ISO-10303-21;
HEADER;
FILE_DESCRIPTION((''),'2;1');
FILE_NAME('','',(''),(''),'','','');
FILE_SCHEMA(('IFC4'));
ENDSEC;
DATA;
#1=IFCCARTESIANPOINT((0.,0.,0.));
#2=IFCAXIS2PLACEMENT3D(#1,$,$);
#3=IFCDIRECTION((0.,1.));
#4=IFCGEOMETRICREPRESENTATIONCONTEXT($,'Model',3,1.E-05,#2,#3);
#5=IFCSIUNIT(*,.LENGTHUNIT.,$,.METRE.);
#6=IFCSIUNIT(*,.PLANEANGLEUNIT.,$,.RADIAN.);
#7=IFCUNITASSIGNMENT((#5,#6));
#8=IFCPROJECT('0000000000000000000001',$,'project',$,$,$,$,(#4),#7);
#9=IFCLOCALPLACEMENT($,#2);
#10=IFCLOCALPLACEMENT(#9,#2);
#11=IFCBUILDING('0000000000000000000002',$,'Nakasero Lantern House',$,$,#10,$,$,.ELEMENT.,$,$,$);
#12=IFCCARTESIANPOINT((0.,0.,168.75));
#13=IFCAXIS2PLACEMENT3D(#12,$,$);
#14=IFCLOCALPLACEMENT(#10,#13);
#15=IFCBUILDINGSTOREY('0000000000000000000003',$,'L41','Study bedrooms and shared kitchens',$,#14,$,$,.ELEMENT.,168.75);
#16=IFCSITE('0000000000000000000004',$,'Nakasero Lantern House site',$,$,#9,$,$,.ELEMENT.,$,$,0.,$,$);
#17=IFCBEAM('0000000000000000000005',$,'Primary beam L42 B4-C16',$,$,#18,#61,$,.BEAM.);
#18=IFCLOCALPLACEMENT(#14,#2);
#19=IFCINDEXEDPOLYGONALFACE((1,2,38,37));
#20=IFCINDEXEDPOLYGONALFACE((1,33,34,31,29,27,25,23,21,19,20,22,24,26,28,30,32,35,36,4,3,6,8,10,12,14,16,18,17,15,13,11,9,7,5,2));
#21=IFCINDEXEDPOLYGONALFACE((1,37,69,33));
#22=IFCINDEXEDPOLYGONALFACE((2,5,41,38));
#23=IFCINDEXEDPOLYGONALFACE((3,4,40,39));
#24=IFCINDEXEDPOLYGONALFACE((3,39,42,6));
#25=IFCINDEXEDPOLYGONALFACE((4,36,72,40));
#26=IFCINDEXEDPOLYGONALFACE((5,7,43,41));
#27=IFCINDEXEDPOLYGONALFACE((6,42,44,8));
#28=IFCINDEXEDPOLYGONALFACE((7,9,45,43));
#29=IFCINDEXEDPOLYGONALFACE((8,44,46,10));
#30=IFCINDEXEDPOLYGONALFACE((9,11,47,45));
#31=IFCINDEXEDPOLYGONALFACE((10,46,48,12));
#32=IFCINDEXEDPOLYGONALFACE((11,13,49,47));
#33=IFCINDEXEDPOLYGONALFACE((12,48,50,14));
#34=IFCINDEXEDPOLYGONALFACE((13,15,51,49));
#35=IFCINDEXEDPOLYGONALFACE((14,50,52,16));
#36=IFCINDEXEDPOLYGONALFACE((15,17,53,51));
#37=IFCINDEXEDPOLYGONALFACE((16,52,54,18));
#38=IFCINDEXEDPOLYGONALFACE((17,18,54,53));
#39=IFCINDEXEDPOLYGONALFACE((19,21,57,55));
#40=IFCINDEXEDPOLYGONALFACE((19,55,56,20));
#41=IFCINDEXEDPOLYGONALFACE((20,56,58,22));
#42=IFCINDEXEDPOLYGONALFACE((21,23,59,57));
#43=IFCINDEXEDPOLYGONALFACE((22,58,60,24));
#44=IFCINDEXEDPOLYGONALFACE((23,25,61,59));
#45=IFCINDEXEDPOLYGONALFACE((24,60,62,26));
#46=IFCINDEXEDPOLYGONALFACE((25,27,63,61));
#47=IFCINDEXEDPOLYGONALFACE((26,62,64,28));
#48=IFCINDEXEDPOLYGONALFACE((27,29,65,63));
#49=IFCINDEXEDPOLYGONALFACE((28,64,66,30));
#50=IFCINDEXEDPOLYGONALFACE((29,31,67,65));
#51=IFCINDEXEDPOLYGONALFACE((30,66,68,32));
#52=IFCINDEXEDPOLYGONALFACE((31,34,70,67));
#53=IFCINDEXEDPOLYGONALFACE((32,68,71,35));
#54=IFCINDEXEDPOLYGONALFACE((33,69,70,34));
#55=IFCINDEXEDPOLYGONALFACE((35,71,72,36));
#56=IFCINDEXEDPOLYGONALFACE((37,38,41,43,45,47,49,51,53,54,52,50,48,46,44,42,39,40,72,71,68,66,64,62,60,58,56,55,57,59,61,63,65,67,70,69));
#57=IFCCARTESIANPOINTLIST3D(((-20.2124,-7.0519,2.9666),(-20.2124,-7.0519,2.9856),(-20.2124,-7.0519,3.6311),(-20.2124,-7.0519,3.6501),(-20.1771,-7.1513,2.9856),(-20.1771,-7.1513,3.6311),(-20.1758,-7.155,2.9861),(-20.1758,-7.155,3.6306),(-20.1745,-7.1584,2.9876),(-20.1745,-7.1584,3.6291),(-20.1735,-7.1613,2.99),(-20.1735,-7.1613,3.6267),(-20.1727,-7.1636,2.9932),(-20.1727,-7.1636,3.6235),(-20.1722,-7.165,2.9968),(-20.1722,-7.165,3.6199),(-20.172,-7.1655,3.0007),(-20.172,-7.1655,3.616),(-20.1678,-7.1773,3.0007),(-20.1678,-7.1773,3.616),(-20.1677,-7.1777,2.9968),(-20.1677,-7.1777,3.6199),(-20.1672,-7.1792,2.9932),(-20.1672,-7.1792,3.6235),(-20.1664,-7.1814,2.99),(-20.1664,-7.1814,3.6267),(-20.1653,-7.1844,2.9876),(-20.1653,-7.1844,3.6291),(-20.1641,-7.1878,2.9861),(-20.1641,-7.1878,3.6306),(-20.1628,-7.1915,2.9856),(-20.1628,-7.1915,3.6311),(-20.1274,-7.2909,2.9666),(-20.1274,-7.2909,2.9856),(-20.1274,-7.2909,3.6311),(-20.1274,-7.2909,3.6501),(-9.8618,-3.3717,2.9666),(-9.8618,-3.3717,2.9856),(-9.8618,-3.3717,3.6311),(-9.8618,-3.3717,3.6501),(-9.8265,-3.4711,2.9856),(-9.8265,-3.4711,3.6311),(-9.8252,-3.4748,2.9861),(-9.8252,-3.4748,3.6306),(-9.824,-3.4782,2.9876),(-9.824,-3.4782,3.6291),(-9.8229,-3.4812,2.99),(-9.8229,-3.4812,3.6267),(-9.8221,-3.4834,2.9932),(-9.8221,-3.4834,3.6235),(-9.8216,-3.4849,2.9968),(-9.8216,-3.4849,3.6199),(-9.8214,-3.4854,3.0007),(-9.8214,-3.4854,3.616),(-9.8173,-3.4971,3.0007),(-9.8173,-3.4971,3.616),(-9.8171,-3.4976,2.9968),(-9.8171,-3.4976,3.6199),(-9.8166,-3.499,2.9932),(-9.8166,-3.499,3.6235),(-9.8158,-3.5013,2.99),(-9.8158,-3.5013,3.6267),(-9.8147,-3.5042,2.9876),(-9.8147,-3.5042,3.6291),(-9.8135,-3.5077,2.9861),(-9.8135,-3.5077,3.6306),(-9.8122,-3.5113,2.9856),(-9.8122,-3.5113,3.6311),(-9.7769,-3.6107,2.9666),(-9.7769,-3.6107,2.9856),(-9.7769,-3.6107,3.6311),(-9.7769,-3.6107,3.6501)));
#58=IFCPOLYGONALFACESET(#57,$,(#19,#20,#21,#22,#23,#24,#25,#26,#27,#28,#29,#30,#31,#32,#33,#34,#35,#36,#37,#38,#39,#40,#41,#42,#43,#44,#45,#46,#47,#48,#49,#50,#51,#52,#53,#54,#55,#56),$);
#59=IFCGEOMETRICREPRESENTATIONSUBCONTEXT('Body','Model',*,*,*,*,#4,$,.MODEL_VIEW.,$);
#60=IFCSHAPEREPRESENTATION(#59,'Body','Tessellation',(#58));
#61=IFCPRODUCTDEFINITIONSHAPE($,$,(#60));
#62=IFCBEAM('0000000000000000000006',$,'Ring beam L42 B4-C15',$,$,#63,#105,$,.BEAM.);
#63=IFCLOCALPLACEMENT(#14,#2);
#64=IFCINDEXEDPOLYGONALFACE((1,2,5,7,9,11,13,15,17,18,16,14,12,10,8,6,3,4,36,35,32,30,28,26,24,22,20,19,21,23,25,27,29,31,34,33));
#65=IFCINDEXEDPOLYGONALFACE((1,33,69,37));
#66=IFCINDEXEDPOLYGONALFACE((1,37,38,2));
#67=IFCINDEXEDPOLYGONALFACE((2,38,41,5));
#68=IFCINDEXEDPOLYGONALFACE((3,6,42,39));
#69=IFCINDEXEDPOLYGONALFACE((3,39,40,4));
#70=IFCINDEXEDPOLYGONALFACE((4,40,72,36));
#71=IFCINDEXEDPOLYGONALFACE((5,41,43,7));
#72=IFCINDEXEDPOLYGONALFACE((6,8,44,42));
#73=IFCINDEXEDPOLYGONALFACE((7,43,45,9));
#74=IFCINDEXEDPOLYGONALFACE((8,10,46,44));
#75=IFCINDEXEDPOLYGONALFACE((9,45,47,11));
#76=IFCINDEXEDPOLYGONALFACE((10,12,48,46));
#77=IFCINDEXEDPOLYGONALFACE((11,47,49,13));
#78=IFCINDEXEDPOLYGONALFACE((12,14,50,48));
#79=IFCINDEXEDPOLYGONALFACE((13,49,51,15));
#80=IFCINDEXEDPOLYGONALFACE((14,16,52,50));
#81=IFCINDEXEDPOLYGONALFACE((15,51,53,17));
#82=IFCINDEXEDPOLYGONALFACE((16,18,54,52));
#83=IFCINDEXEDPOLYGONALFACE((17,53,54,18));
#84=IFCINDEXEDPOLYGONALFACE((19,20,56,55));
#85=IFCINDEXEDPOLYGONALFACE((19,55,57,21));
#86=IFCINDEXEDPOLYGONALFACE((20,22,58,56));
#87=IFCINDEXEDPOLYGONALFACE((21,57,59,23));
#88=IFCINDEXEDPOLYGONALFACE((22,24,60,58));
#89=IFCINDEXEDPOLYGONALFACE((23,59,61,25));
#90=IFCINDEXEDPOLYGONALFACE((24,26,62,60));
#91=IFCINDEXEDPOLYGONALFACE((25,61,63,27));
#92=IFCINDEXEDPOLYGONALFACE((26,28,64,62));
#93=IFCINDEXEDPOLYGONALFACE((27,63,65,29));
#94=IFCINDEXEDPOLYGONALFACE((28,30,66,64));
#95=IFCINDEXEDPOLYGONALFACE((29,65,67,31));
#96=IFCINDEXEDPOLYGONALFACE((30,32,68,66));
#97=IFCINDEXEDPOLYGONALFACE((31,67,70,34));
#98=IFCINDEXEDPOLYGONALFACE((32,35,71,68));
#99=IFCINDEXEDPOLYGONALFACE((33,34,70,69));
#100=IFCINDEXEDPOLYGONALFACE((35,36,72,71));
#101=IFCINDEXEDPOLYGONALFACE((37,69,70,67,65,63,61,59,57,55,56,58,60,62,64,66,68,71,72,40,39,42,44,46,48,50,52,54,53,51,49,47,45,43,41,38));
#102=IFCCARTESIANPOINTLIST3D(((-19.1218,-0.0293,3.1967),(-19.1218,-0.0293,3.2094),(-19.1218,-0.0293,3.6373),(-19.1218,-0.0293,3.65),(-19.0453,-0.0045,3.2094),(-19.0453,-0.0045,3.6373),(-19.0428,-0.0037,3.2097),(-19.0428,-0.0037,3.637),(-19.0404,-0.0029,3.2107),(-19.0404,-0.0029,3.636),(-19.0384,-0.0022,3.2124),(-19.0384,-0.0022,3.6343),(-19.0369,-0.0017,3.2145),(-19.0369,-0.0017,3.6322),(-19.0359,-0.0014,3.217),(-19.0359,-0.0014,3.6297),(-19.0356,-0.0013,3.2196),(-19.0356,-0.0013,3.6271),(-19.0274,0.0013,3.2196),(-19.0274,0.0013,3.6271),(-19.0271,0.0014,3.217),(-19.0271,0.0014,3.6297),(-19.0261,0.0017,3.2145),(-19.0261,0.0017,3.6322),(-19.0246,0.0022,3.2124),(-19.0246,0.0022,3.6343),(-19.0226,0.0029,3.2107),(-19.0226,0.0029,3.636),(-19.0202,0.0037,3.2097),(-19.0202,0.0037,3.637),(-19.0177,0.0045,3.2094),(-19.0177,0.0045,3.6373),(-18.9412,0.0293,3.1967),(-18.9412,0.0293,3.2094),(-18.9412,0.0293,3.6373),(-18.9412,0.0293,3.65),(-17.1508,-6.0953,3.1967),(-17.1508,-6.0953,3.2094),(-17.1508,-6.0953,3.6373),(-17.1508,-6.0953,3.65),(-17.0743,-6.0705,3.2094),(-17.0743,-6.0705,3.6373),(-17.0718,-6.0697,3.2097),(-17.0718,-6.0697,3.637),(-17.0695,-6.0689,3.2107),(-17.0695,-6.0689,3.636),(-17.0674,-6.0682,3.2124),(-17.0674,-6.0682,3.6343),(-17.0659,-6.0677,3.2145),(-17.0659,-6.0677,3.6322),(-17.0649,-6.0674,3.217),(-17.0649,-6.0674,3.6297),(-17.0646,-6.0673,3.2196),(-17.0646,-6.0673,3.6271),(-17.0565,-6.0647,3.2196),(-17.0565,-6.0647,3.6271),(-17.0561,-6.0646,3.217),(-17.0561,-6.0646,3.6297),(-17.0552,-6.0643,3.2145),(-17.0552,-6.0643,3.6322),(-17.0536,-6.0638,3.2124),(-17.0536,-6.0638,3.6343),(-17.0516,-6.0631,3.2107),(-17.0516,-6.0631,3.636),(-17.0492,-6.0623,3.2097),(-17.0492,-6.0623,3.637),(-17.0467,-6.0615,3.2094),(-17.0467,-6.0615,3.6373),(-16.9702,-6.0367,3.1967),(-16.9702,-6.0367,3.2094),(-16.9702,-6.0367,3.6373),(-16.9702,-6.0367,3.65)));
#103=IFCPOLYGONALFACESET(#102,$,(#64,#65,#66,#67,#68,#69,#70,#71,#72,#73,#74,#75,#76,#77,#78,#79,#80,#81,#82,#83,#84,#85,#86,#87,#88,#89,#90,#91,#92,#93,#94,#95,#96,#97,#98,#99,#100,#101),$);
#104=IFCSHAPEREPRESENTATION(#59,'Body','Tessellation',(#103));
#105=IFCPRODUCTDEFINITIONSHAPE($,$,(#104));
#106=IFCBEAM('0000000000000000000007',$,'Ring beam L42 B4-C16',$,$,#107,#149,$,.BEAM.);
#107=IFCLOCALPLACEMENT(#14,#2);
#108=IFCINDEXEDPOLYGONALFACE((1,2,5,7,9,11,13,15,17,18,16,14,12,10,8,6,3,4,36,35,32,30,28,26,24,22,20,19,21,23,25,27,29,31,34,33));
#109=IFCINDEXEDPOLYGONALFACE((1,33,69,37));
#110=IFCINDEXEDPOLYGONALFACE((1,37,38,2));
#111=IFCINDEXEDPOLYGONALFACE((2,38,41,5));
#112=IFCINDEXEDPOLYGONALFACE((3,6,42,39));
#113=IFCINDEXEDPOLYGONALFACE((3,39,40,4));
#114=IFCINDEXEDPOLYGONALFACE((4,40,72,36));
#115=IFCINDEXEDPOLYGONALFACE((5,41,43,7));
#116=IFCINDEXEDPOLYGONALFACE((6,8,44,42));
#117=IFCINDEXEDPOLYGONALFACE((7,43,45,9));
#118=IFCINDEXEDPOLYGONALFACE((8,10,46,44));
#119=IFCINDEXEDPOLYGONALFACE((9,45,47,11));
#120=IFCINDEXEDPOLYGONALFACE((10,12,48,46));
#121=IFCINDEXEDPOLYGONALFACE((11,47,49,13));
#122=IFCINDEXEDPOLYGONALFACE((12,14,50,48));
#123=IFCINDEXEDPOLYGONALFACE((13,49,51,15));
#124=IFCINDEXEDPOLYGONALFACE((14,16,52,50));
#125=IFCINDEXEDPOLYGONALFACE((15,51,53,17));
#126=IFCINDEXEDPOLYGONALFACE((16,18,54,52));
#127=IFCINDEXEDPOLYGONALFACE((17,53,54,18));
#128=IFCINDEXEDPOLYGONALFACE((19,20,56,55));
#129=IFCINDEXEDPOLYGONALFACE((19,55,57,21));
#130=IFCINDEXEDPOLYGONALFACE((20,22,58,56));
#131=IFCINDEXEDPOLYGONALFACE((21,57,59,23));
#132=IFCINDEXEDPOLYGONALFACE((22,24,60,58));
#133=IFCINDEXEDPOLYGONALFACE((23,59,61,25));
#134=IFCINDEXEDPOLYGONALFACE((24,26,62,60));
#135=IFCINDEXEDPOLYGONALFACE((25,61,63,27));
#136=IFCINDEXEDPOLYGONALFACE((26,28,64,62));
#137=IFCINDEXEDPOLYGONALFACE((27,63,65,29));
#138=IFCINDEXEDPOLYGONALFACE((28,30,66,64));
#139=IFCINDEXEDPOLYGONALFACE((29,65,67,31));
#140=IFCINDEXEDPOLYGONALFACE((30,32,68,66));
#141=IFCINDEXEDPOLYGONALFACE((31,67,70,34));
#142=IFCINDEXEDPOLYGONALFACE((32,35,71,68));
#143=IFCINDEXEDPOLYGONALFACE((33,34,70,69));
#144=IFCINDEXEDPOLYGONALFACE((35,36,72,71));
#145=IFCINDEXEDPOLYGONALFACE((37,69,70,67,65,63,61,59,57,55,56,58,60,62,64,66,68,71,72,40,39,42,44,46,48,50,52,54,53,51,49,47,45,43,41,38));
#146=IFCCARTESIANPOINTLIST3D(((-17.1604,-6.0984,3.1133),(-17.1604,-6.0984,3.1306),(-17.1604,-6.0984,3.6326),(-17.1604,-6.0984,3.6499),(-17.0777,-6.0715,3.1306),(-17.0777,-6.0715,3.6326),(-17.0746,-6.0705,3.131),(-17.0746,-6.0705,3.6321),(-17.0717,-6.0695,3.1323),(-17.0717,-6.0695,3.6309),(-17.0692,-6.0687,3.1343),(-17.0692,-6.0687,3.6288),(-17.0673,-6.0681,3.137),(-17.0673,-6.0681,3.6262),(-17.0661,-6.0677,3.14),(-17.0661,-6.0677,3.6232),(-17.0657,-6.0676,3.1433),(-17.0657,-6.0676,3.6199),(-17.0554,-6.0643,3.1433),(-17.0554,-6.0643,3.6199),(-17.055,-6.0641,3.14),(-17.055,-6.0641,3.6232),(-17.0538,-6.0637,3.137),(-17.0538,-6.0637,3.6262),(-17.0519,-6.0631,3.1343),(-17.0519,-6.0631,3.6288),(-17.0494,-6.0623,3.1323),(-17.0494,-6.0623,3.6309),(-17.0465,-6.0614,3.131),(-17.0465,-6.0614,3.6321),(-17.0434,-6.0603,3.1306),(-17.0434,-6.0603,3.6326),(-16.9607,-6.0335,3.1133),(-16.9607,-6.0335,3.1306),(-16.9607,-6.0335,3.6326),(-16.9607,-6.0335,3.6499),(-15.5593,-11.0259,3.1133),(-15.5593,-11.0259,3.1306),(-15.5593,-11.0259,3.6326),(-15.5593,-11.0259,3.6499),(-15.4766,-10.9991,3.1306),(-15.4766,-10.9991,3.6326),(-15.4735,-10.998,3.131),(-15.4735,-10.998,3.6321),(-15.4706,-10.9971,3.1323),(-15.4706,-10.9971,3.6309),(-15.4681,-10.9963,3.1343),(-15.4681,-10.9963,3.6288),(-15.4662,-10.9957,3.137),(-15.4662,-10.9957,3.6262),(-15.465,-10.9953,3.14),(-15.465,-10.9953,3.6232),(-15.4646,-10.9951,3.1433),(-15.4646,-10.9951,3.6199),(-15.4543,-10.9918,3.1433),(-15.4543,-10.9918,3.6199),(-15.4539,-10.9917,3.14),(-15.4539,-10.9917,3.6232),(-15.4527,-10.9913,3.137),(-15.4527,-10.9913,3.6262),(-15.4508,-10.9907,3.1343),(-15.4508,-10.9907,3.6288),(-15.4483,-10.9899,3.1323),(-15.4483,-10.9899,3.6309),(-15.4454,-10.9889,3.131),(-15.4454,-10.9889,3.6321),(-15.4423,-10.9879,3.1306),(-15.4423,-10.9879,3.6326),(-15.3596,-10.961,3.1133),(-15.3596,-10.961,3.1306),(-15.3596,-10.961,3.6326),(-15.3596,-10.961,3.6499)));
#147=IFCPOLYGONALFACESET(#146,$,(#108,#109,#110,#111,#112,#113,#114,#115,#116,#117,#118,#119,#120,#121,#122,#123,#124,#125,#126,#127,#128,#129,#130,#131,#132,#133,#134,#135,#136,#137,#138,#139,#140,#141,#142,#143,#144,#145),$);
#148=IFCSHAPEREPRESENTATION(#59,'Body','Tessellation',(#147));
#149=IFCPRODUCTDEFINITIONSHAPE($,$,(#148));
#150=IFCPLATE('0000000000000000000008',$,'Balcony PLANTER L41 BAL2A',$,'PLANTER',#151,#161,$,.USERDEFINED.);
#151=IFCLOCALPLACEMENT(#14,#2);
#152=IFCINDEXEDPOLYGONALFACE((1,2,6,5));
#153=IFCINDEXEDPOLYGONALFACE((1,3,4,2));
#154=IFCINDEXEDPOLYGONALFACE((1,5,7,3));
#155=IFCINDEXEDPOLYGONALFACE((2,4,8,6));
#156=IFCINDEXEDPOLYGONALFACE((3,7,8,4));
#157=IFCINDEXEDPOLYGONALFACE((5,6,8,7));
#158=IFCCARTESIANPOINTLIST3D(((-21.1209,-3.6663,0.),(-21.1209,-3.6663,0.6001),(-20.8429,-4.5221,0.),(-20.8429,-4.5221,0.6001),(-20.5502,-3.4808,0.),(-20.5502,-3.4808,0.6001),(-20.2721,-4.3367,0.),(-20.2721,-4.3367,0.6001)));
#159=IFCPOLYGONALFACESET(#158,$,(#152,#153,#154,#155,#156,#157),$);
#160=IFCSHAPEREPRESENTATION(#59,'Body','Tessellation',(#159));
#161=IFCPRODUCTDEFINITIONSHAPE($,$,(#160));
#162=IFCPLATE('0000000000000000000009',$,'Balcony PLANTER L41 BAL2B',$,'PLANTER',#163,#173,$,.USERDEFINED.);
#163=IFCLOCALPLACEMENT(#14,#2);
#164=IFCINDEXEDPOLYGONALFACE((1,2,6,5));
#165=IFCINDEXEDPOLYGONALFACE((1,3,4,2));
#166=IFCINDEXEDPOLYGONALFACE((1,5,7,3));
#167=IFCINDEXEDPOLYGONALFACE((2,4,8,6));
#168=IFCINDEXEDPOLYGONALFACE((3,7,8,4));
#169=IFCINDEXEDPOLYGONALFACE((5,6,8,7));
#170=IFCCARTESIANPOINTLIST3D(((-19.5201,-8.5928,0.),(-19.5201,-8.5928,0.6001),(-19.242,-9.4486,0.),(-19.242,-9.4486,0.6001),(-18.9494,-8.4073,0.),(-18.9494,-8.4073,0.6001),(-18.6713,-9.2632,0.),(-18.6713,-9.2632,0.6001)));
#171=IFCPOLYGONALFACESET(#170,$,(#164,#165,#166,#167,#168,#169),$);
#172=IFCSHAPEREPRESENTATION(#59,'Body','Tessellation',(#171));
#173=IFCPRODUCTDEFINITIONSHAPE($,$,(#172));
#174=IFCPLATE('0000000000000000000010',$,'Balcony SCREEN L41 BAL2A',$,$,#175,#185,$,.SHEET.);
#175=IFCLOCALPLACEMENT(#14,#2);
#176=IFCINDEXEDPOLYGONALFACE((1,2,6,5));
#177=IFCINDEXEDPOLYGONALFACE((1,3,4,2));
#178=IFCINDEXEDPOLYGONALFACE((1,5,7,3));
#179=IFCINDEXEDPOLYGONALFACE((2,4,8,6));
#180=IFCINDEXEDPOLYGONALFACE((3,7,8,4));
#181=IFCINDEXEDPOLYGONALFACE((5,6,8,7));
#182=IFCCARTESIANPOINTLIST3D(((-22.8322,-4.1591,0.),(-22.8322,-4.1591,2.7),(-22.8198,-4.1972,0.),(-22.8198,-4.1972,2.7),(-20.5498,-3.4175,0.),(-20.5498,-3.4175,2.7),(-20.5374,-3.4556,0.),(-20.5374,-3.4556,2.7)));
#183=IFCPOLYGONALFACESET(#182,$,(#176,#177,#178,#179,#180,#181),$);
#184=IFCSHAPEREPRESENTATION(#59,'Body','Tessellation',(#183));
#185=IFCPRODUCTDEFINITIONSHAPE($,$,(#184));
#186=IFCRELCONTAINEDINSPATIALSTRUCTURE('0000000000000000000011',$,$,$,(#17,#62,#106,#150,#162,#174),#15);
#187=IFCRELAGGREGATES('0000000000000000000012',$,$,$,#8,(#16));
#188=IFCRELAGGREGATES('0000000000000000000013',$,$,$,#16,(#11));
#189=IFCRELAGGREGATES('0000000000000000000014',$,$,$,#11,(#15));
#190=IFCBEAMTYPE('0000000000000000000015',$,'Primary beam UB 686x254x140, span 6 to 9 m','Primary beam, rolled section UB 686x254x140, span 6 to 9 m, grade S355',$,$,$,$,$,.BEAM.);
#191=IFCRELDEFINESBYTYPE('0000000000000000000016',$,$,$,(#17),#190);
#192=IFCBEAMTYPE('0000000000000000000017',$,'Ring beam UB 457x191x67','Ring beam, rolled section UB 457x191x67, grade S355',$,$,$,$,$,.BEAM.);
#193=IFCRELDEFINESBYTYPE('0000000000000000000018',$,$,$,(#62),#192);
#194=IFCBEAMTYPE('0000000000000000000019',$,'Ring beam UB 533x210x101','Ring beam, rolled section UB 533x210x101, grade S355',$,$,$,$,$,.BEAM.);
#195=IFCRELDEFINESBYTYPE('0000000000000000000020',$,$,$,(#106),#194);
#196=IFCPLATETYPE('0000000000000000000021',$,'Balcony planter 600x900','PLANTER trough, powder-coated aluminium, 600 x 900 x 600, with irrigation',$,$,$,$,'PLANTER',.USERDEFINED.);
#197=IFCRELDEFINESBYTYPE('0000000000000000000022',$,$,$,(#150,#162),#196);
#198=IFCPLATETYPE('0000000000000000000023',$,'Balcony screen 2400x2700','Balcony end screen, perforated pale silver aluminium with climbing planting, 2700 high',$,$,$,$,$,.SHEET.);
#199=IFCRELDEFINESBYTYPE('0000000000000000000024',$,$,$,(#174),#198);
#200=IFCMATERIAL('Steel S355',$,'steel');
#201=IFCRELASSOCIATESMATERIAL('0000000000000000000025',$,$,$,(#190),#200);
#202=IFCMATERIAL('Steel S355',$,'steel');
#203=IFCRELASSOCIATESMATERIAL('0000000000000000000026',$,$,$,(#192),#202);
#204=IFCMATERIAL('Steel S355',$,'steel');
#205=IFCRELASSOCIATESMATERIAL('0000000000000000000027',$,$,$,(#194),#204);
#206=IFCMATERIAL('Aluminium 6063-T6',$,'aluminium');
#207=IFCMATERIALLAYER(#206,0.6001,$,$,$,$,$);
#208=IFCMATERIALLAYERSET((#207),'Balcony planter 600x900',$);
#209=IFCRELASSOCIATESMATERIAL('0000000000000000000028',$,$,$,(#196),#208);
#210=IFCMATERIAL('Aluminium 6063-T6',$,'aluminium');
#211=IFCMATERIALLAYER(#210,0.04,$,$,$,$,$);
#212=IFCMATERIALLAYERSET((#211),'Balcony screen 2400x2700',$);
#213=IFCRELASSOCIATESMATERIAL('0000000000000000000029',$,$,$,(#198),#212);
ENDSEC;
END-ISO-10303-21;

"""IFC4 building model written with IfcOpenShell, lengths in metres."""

from ifc_helpers import new_model, si_unit, direction, frame, origin, origin_2d, place, context, subcontext, project, spatial, rectangle, i_section, extrude, material, layer, layer_set, material_profile, profile_set, type_object, element, save


model = new_model("IFC4")

# Units and contexts
model_context = context("Model", 3, precision=1e-05, world=origin(), true_north=direction((0.0, 1.0)))
body_context = subcontext(model_context, "Body", "Model", "MODEL_VIEW")
ifc_project = project(units=[si_unit("LENGTHUNIT", "METRE"), si_unit("PLANEANGLEUNIT", "RADIAN")], contexts=[model_context])

# Site, building, storey
site_placement = place(None, origin())
site = spatial("IfcSite", under=ifc_project, at=site_placement, Name="Nakasero Lantern House site", CompositionType="ELEMENT", RefElevation=0.0)
building_placement = place(site_placement, origin())
building = spatial("IfcBuilding", under=site, at=building_placement, Name="Nakasero Lantern House", CompositionType="ELEMENT")
storey_placement = place(building_placement, frame((0.0, 0.0, 168.75)))
storey = spatial("IfcBuildingStorey", under=building, at=storey_placement, Name="L41", Description="Study bedrooms and shared kitchens", CompositionType="ELEMENT", Elevation=168.75)

# Beams
ifc_material_1 = material(Name="Steel S355", Category="steel")
ifc_material_profile_1 = material_profile(ifc_material_1, i_section(OverallWidth=0.2537, OverallDepth=0.6836, WebThickness=0.0125, FlangeThickness=0.019, FilletRadius=0.0151, at=origin_2d()), Name="UB 686x254x140")
ifc_profile_set_1 = profile_set([ifc_material_profile_1], Name="Steel S355")
beam_type_1 = type_object("IfcBeamType", Name="Primary beam UB 686x254x140, span 6 to 9 m", Description="Primary beam, rolled section UB 686x254x140, span 6 to 9 m, grade S355", PredefinedType="BEAM", material=ifc_profile_set_1)
beam_1_placement = place(storey_placement, frame((-20.1699, -7.1714, 3.3083), z_axis=(0.942216, 0.335007, 0.0), x_axis=(-0.335007, 0.942216, 0.0)))
element("IfcBeam", 1, at=beam_1_placement, inside=storey, type_object=beam_type_1, Name="Primary beam L42 B4-C16", PredefinedType="BEAM", context=body_context, shape_type="SweptSolid", body=[
    extrude(i_section(OverallWidth=0.2537, OverallDepth=0.6836, WebThickness=0.0125, FlangeThickness=0.019, FilletRadius=0.0151, at=origin_2d()), origin(), (0.0, 0.0, 1.0), 10.9854),
])
ifc_material_2 = material(Name="Steel S355", Category="steel")
ifc_material_profile_2 = material_profile(ifc_material_2, i_section(OverallWidth=0.1899, OverallDepth=0.4534, WebThickness=0.0085, FlangeThickness=0.0127, FilletRadius=0.0103, at=origin_2d()), Name="UB 457x191x67")
ifc_profile_set_2 = profile_set([ifc_material_profile_2], Name="Steel S355")
beam_type_2 = type_object("IfcBeamType", Name="Ring beam UB 457x191x67", Description="Ring beam, rolled section UB 457x191x67, grade S355", PredefinedType="BEAM", material=ifc_profile_set_2)
beam_2_placement = place(storey_placement, frame((-19.0315, 0.0, 3.4233), z_axis=(0.309019, -0.951056, 0.0), x_axis=(0.951056, 0.309019, 0.0)))
element("IfcBeam", 2, at=beam_2_placement, inside=storey, type_object=beam_type_2, Name="Ring beam L42 B4-C15", PredefinedType="BEAM", context=body_context, shape_type="SweptSolid", body=[
    extrude(i_section(OverallWidth=0.1899, OverallDepth=0.4534, WebThickness=0.0085, FlangeThickness=0.0127, FilletRadius=0.0103, at=origin_2d()), origin(), (0.0, 0.0, 1.0), 6.3782),
])
ifc_material_3 = material(Name="Steel S355", Category="steel")
ifc_material_profile_3 = material_profile(ifc_material_3, i_section(OverallWidth=0.21, OverallDepth=0.5366, WebThickness=0.0107, FlangeThickness=0.0173, FilletRadius=0.0127, at=origin_2d()), Name="UB 533x210x101")
ifc_profile_set_3 = profile_set([ifc_material_profile_3], Name="Steel S355")
beam_type_3 = type_object("IfcBeamType", Name="Ring beam UB 533x210x101", Description="Ring beam, rolled section UB 533x210x101, grade S355", PredefinedType="BEAM", material=ifc_profile_set_3)
beam_3_placement = place(storey_placement, frame((-17.0605, -6.0659, 3.3816), z_axis=(0.309023, -0.951054, 0.0), x_axis=(0.951054, 0.309023, 0.0)))
element("IfcBeam", 3, at=beam_3_placement, inside=storey, type_object=beam_type_3, Name="Ring beam L42 B4-C16", PredefinedType="BEAM", context=body_context, shape_type="SweptSolid", body=[
    extrude(i_section(OverallWidth=0.21, OverallDepth=0.5366, WebThickness=0.0107, FlangeThickness=0.0173, FilletRadius=0.0127, at=origin_2d()), origin(), (0.0, 0.0, 1.0), 5.1812),
])

# Plates
ifc_material_4 = material(Name="Aluminium 6063-T6", Category="aluminium")
ifc_layer_1 = layer(ifc_material_4, 0.6001)
ifc_layer_set_1 = layer_set([ifc_layer_1], Name="Balcony planter 600x900")
plate_type_1 = type_object("IfcPlateType", Name="Balcony planter 600x900", Description="PLANTER trough, powder-coated aluminium, 600 x 900 x 600, with irrigation", ElementType="PLANTER", PredefinedType="USERDEFINED", material=ifc_layer_set_1)
for number, where, z_axis, x_axis, name in (
    (4, (-20.6965, -4.0015, 0.0), (0.0, 0.0, 1.0), (-0.951057, -0.309017, 0.0), "Balcony PLANTER L41 BAL2A"),
    (5, (-19.0957, -8.928, 0.0), (0.0, 0.0, 1.0), (-0.951057, -0.309017, 0.0), "Balcony PLANTER L41 BAL2B"),
):
    element("IfcPlate", number, at=place(storey_placement, frame(where, z_axis=z_axis, x_axis=x_axis)), inside=storey, type_object=plate_type_1, Name=name, ObjectType="PLANTER", PredefinedType="USERDEFINED", context=body_context, shape_type="SweptSolid", body=[
        extrude(rectangle(XDim=0.6001, YDim=0.8999, at=origin_2d()), origin(), (0.0, 0.0, 1.0), 0.6001),
    ])
ifc_material_5 = material(Name="Aluminium 6063-T6", Category="aluminium")
ifc_layer_2 = layer(ifc_material_5, 0.04)
ifc_layer_set_2 = layer_set([ifc_layer_2], Name="Balcony screen 2400x2700")
plate_type_2 = type_object("IfcPlateType", Name="Balcony screen 2400x2700", Description="Balcony end screen, perforated pale silver aluminium with climbing planting, 2700 high", PredefinedType="SHEET", material=ifc_layer_set_2)
for number, where, z_axis, x_axis, name in (
    (6, (-21.6848, -3.8074, 0.0), (0.0, 0.0, 1.0), (-0.951057, -0.309017, 0.0), "Balcony SCREEN L41 BAL2A"),
):
    element("IfcPlate", number, at=place(storey_placement, frame(where, z_axis=z_axis, x_axis=x_axis)), inside=storey, type_object=plate_type_2, Name=name, PredefinedType="SHEET", context=body_context, shape_type="SweptSolid", body=[
        extrude(rectangle(XDim=2.3999, YDim=0.04, at=origin_2d()), origin(), (0.0, 0.0, 1.0), 2.7),
    ])

save(model, "model.ifc")
